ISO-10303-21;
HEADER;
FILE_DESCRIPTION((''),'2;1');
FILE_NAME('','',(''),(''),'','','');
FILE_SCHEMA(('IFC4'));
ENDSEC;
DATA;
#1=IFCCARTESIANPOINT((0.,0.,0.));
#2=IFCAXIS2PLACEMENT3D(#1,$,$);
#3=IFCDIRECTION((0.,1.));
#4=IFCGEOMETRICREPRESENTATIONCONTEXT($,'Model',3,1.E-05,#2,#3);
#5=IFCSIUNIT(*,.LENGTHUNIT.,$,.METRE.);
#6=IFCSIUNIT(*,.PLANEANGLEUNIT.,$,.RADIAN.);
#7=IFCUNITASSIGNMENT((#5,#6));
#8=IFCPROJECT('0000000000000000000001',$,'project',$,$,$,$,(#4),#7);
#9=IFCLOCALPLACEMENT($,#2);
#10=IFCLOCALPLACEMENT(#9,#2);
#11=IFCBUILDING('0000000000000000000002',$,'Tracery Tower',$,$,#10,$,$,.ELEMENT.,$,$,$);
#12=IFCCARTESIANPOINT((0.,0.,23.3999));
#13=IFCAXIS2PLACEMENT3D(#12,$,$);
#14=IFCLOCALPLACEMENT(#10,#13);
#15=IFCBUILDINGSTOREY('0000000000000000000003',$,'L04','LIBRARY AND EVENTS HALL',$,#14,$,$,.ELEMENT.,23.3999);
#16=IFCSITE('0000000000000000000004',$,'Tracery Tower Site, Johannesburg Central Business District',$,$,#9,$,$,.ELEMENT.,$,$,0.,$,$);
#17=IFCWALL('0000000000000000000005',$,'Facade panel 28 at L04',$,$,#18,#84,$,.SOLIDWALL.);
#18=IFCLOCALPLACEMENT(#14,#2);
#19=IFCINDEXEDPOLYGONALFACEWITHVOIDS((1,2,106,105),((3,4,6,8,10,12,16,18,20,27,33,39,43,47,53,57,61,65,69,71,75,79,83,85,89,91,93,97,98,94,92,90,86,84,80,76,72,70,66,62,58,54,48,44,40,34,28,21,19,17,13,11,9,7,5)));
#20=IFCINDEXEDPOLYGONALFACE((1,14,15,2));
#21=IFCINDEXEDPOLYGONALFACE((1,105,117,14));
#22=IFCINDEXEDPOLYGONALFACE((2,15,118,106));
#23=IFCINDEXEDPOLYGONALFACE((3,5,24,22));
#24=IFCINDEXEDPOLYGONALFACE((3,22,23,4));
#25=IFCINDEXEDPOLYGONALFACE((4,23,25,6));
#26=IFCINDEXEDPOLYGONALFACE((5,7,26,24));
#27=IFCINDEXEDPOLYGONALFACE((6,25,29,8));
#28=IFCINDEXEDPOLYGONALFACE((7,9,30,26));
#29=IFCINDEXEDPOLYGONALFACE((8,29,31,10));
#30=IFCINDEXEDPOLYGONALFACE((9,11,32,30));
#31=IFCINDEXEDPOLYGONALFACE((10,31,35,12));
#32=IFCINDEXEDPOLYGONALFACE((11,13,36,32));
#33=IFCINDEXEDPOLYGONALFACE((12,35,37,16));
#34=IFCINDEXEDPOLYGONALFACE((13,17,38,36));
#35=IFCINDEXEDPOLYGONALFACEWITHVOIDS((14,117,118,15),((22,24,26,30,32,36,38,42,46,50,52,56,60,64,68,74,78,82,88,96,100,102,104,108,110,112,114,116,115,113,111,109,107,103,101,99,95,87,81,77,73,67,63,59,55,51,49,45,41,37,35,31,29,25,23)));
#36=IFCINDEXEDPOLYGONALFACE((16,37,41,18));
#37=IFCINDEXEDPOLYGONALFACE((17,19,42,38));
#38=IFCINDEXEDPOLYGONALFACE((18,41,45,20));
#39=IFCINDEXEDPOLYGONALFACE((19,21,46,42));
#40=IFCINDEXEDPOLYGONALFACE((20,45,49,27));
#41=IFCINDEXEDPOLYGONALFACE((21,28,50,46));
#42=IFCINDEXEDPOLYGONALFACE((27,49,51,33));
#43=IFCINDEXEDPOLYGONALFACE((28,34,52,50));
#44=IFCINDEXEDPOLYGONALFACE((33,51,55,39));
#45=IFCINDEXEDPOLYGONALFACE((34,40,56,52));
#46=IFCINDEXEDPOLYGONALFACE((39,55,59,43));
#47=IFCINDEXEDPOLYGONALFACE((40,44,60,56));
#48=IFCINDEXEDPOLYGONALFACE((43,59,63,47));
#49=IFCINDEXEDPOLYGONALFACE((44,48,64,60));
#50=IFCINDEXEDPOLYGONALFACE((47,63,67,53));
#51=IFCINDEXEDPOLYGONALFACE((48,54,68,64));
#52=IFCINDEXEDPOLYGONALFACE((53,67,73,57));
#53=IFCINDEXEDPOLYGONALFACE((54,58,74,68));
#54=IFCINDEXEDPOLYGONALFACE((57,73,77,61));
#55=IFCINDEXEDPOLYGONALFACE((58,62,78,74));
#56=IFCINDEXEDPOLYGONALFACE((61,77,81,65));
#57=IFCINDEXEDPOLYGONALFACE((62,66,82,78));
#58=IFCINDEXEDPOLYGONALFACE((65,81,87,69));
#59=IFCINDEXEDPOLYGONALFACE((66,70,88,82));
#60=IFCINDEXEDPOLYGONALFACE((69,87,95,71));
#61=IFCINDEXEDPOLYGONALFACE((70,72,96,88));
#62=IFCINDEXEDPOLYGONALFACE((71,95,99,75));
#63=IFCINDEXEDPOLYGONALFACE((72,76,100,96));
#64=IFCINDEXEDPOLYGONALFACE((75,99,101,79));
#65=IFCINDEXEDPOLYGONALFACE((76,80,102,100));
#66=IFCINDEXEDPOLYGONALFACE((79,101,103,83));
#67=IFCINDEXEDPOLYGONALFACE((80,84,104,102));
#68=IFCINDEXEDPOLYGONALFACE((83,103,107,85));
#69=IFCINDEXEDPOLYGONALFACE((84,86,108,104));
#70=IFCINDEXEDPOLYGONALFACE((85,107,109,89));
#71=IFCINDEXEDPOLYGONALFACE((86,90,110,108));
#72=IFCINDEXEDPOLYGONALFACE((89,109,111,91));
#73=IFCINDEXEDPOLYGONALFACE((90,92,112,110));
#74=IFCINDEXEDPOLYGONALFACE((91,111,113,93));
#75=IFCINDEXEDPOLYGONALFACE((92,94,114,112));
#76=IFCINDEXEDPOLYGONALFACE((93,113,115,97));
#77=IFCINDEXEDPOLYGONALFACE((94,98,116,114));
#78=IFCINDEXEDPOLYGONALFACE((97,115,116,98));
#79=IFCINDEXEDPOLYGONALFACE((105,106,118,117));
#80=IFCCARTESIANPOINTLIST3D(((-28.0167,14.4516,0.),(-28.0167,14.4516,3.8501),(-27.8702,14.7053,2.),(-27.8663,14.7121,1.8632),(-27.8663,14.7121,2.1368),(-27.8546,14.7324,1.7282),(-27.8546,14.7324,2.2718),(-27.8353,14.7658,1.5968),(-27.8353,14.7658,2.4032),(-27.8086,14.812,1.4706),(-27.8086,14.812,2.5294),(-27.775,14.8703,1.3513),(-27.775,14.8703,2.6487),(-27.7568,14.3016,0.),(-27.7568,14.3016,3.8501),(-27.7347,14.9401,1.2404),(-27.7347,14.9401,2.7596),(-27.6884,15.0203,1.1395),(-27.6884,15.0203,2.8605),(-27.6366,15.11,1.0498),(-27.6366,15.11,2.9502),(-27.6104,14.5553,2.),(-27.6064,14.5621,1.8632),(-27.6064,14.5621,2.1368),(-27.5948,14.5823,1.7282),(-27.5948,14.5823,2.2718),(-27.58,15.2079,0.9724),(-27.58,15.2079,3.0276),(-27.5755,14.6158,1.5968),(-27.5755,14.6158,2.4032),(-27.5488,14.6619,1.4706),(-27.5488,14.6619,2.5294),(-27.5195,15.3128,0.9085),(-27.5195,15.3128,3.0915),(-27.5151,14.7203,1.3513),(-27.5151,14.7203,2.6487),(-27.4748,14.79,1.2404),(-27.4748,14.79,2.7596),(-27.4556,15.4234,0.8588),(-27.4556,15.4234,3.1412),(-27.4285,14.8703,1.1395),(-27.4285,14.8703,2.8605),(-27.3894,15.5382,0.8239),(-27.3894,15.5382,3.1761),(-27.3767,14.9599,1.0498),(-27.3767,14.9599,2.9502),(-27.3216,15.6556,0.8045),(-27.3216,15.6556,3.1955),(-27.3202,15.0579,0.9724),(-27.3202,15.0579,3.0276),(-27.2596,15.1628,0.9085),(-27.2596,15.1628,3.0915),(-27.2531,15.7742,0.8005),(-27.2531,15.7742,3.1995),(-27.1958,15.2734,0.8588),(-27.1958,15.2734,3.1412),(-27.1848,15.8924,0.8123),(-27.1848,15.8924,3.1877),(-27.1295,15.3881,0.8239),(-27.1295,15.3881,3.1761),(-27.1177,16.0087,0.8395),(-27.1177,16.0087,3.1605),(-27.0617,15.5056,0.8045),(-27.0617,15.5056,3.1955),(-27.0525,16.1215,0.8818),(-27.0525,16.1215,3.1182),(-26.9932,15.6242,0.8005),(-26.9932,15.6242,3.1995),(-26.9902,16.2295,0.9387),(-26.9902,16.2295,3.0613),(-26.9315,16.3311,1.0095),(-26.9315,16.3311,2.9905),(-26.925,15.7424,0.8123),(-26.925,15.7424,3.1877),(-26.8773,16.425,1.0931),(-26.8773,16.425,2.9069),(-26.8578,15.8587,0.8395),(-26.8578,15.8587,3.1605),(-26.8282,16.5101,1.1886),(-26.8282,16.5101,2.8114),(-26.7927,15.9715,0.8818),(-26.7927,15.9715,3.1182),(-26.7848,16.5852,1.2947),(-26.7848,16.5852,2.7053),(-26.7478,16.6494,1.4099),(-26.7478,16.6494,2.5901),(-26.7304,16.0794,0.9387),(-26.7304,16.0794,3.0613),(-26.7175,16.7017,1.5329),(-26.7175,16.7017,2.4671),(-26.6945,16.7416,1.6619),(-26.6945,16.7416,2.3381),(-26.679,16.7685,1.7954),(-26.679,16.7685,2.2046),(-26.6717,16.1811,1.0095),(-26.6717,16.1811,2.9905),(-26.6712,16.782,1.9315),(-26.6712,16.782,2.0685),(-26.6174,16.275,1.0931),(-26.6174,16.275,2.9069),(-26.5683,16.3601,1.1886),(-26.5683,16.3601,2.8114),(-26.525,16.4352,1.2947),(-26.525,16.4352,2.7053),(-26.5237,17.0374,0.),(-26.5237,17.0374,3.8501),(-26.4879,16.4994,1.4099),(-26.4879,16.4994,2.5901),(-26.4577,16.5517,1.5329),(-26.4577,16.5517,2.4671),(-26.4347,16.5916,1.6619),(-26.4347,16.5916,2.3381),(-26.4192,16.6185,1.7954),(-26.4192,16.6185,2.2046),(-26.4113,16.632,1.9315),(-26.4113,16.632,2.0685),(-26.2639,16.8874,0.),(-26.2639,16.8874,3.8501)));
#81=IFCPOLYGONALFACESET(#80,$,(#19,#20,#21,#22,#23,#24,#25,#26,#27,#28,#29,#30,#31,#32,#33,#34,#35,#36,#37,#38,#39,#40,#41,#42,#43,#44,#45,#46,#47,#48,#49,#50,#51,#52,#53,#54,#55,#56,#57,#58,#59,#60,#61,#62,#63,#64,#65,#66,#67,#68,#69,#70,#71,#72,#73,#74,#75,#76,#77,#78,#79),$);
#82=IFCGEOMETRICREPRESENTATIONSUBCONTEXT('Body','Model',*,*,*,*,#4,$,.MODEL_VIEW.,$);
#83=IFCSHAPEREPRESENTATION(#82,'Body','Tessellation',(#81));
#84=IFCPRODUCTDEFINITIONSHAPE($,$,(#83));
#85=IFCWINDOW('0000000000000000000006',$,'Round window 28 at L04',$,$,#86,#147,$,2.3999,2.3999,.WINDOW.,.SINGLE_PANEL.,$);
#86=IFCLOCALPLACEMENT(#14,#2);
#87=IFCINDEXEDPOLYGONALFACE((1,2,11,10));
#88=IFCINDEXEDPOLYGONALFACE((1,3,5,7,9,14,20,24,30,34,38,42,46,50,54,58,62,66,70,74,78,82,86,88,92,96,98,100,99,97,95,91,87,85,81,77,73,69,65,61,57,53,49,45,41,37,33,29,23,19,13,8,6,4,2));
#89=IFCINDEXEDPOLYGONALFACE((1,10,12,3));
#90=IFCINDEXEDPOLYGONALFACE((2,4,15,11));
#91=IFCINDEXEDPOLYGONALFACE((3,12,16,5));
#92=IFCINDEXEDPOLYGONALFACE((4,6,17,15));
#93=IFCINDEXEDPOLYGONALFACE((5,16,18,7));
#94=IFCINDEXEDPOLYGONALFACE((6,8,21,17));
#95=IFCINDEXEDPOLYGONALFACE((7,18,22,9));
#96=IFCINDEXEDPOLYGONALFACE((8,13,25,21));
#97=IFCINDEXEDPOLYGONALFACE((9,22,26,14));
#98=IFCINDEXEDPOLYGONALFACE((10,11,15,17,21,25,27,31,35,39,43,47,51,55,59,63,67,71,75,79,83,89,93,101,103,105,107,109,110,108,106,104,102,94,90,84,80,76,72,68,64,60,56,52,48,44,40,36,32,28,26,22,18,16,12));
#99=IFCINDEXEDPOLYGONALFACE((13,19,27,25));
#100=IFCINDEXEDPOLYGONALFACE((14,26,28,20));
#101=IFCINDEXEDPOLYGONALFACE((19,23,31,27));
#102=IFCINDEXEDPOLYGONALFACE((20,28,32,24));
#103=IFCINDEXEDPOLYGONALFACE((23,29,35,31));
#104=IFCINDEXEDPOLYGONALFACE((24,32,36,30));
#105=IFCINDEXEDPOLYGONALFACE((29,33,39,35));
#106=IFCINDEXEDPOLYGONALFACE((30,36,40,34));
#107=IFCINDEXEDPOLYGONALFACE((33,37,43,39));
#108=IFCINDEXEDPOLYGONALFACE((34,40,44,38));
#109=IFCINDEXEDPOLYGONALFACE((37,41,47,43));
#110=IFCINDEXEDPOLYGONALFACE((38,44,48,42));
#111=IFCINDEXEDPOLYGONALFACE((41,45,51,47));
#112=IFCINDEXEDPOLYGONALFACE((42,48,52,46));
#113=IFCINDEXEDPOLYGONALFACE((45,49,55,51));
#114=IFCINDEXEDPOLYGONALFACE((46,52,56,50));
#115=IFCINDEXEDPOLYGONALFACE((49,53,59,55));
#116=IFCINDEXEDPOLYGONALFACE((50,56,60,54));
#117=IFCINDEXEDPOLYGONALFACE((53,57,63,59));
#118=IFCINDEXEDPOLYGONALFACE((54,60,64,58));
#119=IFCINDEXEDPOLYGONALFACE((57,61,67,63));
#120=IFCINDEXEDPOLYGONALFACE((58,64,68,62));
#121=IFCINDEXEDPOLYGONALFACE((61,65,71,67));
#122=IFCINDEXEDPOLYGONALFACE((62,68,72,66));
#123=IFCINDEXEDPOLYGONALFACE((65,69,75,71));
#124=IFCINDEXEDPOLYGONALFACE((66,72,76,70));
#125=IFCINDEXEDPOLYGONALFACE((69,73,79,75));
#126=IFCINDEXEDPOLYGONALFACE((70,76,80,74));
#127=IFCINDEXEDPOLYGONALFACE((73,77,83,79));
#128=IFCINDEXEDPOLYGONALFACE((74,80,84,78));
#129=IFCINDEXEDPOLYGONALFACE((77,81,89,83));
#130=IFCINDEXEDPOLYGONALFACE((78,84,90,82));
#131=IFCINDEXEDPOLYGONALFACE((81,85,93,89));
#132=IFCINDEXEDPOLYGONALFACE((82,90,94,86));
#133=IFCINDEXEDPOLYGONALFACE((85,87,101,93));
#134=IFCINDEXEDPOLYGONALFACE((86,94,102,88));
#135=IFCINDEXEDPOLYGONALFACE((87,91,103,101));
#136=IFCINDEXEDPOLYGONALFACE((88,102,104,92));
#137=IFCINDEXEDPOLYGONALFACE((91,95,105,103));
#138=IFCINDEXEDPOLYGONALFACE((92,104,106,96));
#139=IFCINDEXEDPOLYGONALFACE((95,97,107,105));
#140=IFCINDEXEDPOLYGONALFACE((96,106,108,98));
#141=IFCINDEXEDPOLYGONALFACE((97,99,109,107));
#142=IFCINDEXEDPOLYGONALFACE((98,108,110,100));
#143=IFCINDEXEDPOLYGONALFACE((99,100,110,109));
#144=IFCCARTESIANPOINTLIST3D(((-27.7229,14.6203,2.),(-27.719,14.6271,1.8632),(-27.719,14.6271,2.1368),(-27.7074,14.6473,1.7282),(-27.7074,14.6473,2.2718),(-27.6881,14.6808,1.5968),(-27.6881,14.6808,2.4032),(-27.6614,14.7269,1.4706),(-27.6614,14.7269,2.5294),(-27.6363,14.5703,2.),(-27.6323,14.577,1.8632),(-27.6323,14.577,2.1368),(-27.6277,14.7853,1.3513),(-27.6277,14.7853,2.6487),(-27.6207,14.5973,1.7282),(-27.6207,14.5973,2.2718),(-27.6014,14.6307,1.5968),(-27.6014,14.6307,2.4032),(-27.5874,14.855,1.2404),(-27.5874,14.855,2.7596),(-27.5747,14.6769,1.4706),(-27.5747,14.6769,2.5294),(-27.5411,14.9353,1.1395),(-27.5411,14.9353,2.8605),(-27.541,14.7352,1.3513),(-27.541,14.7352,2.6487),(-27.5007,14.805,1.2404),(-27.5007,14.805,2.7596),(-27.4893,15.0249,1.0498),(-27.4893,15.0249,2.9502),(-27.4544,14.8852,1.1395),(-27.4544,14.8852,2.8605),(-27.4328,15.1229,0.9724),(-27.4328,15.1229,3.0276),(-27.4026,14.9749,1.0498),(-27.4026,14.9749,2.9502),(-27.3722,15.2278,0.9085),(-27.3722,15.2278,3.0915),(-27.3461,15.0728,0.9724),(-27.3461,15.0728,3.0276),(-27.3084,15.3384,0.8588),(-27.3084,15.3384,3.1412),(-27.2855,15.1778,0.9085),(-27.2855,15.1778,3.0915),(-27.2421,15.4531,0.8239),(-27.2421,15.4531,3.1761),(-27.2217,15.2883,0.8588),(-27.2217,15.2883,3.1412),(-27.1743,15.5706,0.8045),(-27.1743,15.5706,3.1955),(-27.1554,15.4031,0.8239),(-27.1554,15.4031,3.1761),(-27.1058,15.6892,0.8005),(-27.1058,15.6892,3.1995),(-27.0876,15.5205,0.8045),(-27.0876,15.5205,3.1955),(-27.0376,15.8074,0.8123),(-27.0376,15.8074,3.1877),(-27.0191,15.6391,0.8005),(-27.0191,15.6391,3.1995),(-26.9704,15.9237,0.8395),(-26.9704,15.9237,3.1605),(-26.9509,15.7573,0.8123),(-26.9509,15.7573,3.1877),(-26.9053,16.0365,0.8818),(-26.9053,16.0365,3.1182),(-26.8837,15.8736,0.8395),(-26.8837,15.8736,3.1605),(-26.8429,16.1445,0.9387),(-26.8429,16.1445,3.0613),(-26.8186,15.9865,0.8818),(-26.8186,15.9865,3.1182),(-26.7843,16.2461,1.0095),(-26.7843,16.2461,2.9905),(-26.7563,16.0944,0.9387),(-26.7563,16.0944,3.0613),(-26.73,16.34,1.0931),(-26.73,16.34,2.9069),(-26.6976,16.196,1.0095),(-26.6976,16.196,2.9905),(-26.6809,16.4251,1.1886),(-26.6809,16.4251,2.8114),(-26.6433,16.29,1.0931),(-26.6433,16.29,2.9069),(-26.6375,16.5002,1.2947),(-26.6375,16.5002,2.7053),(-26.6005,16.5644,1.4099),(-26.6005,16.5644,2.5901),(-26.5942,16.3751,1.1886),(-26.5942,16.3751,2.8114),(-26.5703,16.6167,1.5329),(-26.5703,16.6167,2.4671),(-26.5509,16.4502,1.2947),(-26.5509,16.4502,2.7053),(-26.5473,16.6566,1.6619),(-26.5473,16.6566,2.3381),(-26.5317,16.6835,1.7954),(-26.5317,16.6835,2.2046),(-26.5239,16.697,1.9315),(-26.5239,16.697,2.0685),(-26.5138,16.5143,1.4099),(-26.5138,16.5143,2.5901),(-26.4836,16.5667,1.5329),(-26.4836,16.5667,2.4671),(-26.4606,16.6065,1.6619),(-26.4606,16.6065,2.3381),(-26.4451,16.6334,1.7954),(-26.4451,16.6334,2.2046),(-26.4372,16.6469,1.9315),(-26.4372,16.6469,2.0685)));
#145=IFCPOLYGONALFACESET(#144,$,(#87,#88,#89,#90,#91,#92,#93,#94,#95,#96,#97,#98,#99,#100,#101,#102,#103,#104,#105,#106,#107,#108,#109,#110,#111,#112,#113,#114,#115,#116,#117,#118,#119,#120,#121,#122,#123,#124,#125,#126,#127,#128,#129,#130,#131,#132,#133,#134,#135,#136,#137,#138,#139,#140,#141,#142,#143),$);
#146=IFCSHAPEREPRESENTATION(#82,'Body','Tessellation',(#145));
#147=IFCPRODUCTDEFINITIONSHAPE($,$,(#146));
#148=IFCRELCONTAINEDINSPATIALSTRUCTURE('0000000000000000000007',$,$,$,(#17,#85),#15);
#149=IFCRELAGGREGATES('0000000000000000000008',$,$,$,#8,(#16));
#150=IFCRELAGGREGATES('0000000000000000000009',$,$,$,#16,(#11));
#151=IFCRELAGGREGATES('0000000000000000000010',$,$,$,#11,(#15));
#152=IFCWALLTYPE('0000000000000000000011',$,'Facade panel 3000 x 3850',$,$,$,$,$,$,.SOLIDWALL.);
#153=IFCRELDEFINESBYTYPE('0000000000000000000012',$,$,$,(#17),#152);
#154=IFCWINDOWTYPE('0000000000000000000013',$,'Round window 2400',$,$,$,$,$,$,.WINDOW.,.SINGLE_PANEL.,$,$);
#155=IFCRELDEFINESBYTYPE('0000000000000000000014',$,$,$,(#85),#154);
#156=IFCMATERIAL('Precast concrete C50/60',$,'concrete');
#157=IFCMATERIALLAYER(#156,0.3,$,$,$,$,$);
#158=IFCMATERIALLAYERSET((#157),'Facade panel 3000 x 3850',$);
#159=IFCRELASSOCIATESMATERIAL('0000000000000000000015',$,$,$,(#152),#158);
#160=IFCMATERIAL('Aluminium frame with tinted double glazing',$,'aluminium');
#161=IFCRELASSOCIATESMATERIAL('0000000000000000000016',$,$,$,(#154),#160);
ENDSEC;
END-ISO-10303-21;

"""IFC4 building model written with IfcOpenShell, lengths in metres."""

from ifc_helpers import new_model, si_unit, direction, frame, frame_2d, origin, origin_2d, place, context, subcontext, project, spatial, rectangle, circle, extrude, material, layer, layer_set, type_object, element, fill, save


model = new_model("IFC4")

# Units and contexts
model_context = context("Model", 3, precision=1e-05, world=origin(), true_north=direction((0.0, 1.0)))
body_context = subcontext(model_context, "Body", "Model", "MODEL_VIEW")
ifc_project = project(units=[si_unit("LENGTHUNIT", "METRE"), si_unit("PLANEANGLEUNIT", "RADIAN")], contexts=[model_context])

# Site, building, storey
site_placement = place(None, origin())
site = spatial("IfcSite", under=ifc_project, at=site_placement, Name="Tracery Tower Site, Johannesburg Central Business District", CompositionType="ELEMENT", RefElevation=0.0)
building_placement = place(site_placement, origin())
building = spatial("IfcBuilding", under=site, at=building_placement, Name="Tracery Tower", CompositionType="ELEMENT")
storey_placement = place(building_placement, frame((0.0, 0.0, 23.3999)))
storey = spatial("IfcBuildingStorey", under=building, at=storey_placement, Name="L04", Description="LIBRARY AND EVENTS HALL", CompositionType="ELEMENT", Elevation=23.3999)

# Wall, opening, window
ifc_material_1 = material(Name="Precast concrete C50/60", Category="concrete")
ifc_layer_1 = layer(ifc_material_1, 0.3)
ifc_layer_set_1 = layer_set([ifc_layer_1], Name="Facade panel 3000 x 3850")
wall_type_1 = type_object("IfcWallType", Name="Facade panel 3000 x 3850", PredefinedType="SOLIDWALL", material=ifc_layer_set_1)
ifc_material_2 = material(Name="Aluminium frame with tinted double glazing", Category="aluminium")
window_type = type_object("IfcWindowType", Name="Round window 2400", PartitioningType="SINGLE_PANEL", PredefinedType="WINDOW", material=ifc_material_2)
wall_1_placement = place(storey_placement, frame((-26.3938, 16.9624, 0.0), z_axis=(0.0, 0.0, 1.0), x_axis=(-0.500017, -0.866015, 0.0)))
wall_1 = element("IfcWall", 1, at=wall_1_placement, inside=storey, type_object=wall_type_1, Name="Facade panel 28 at L04", PredefinedType="SOLIDWALL", context=body_context, shape_type="SweptSolid", body=[
    extrude(rectangle(XDim=2.9858, YDim=0.3, at=frame_2d((1.4929, 0.0))), origin(), (0.0, 0.0, 1.0), 3.8501),
])
opening_1_placement = place(wall_1_placement, frame((1.4929, 0.0, 2.0)))
opening_1 = element("IfcOpeningElement", 2, at=opening_1_placement, cuts=wall_1, PredefinedType="OPENING", context=body_context, shape_type="SweptSolid", body=[
    extrude(circle(Radius=1.2, at=origin_2d()), frame((0.0, 0.1599, 0.0), z_axis=(0.0, -1.0, 0.0), x_axis=(1.0, 0.0, 0.0)), (0.0, 0.0, 1.0), 0.3201),
])
window_1_placement = place(opening_1_placement, origin())
window_1 = element("IfcWindow", 3, at=window_1_placement, inside=storey, type_object=window_type, Name="Round window 28 at L04", OverallHeight=2.3999, OverallWidth=2.3999, PartitioningType="SINGLE_PANEL", PredefinedType="WINDOW", context=body_context, shape_type="SweptSolid", body=[
    extrude(circle(Radius=1.2, at=origin_2d()), frame((0.0, 0.1201, 0.0), z_axis=(0.0, -1.0, 0.0), x_axis=(1.0, 0.0, 0.0)), (0.0, 0.0, 1.0), 0.1001),
])
fill(opening_1, window_1)

save(model, "model.ifc")
